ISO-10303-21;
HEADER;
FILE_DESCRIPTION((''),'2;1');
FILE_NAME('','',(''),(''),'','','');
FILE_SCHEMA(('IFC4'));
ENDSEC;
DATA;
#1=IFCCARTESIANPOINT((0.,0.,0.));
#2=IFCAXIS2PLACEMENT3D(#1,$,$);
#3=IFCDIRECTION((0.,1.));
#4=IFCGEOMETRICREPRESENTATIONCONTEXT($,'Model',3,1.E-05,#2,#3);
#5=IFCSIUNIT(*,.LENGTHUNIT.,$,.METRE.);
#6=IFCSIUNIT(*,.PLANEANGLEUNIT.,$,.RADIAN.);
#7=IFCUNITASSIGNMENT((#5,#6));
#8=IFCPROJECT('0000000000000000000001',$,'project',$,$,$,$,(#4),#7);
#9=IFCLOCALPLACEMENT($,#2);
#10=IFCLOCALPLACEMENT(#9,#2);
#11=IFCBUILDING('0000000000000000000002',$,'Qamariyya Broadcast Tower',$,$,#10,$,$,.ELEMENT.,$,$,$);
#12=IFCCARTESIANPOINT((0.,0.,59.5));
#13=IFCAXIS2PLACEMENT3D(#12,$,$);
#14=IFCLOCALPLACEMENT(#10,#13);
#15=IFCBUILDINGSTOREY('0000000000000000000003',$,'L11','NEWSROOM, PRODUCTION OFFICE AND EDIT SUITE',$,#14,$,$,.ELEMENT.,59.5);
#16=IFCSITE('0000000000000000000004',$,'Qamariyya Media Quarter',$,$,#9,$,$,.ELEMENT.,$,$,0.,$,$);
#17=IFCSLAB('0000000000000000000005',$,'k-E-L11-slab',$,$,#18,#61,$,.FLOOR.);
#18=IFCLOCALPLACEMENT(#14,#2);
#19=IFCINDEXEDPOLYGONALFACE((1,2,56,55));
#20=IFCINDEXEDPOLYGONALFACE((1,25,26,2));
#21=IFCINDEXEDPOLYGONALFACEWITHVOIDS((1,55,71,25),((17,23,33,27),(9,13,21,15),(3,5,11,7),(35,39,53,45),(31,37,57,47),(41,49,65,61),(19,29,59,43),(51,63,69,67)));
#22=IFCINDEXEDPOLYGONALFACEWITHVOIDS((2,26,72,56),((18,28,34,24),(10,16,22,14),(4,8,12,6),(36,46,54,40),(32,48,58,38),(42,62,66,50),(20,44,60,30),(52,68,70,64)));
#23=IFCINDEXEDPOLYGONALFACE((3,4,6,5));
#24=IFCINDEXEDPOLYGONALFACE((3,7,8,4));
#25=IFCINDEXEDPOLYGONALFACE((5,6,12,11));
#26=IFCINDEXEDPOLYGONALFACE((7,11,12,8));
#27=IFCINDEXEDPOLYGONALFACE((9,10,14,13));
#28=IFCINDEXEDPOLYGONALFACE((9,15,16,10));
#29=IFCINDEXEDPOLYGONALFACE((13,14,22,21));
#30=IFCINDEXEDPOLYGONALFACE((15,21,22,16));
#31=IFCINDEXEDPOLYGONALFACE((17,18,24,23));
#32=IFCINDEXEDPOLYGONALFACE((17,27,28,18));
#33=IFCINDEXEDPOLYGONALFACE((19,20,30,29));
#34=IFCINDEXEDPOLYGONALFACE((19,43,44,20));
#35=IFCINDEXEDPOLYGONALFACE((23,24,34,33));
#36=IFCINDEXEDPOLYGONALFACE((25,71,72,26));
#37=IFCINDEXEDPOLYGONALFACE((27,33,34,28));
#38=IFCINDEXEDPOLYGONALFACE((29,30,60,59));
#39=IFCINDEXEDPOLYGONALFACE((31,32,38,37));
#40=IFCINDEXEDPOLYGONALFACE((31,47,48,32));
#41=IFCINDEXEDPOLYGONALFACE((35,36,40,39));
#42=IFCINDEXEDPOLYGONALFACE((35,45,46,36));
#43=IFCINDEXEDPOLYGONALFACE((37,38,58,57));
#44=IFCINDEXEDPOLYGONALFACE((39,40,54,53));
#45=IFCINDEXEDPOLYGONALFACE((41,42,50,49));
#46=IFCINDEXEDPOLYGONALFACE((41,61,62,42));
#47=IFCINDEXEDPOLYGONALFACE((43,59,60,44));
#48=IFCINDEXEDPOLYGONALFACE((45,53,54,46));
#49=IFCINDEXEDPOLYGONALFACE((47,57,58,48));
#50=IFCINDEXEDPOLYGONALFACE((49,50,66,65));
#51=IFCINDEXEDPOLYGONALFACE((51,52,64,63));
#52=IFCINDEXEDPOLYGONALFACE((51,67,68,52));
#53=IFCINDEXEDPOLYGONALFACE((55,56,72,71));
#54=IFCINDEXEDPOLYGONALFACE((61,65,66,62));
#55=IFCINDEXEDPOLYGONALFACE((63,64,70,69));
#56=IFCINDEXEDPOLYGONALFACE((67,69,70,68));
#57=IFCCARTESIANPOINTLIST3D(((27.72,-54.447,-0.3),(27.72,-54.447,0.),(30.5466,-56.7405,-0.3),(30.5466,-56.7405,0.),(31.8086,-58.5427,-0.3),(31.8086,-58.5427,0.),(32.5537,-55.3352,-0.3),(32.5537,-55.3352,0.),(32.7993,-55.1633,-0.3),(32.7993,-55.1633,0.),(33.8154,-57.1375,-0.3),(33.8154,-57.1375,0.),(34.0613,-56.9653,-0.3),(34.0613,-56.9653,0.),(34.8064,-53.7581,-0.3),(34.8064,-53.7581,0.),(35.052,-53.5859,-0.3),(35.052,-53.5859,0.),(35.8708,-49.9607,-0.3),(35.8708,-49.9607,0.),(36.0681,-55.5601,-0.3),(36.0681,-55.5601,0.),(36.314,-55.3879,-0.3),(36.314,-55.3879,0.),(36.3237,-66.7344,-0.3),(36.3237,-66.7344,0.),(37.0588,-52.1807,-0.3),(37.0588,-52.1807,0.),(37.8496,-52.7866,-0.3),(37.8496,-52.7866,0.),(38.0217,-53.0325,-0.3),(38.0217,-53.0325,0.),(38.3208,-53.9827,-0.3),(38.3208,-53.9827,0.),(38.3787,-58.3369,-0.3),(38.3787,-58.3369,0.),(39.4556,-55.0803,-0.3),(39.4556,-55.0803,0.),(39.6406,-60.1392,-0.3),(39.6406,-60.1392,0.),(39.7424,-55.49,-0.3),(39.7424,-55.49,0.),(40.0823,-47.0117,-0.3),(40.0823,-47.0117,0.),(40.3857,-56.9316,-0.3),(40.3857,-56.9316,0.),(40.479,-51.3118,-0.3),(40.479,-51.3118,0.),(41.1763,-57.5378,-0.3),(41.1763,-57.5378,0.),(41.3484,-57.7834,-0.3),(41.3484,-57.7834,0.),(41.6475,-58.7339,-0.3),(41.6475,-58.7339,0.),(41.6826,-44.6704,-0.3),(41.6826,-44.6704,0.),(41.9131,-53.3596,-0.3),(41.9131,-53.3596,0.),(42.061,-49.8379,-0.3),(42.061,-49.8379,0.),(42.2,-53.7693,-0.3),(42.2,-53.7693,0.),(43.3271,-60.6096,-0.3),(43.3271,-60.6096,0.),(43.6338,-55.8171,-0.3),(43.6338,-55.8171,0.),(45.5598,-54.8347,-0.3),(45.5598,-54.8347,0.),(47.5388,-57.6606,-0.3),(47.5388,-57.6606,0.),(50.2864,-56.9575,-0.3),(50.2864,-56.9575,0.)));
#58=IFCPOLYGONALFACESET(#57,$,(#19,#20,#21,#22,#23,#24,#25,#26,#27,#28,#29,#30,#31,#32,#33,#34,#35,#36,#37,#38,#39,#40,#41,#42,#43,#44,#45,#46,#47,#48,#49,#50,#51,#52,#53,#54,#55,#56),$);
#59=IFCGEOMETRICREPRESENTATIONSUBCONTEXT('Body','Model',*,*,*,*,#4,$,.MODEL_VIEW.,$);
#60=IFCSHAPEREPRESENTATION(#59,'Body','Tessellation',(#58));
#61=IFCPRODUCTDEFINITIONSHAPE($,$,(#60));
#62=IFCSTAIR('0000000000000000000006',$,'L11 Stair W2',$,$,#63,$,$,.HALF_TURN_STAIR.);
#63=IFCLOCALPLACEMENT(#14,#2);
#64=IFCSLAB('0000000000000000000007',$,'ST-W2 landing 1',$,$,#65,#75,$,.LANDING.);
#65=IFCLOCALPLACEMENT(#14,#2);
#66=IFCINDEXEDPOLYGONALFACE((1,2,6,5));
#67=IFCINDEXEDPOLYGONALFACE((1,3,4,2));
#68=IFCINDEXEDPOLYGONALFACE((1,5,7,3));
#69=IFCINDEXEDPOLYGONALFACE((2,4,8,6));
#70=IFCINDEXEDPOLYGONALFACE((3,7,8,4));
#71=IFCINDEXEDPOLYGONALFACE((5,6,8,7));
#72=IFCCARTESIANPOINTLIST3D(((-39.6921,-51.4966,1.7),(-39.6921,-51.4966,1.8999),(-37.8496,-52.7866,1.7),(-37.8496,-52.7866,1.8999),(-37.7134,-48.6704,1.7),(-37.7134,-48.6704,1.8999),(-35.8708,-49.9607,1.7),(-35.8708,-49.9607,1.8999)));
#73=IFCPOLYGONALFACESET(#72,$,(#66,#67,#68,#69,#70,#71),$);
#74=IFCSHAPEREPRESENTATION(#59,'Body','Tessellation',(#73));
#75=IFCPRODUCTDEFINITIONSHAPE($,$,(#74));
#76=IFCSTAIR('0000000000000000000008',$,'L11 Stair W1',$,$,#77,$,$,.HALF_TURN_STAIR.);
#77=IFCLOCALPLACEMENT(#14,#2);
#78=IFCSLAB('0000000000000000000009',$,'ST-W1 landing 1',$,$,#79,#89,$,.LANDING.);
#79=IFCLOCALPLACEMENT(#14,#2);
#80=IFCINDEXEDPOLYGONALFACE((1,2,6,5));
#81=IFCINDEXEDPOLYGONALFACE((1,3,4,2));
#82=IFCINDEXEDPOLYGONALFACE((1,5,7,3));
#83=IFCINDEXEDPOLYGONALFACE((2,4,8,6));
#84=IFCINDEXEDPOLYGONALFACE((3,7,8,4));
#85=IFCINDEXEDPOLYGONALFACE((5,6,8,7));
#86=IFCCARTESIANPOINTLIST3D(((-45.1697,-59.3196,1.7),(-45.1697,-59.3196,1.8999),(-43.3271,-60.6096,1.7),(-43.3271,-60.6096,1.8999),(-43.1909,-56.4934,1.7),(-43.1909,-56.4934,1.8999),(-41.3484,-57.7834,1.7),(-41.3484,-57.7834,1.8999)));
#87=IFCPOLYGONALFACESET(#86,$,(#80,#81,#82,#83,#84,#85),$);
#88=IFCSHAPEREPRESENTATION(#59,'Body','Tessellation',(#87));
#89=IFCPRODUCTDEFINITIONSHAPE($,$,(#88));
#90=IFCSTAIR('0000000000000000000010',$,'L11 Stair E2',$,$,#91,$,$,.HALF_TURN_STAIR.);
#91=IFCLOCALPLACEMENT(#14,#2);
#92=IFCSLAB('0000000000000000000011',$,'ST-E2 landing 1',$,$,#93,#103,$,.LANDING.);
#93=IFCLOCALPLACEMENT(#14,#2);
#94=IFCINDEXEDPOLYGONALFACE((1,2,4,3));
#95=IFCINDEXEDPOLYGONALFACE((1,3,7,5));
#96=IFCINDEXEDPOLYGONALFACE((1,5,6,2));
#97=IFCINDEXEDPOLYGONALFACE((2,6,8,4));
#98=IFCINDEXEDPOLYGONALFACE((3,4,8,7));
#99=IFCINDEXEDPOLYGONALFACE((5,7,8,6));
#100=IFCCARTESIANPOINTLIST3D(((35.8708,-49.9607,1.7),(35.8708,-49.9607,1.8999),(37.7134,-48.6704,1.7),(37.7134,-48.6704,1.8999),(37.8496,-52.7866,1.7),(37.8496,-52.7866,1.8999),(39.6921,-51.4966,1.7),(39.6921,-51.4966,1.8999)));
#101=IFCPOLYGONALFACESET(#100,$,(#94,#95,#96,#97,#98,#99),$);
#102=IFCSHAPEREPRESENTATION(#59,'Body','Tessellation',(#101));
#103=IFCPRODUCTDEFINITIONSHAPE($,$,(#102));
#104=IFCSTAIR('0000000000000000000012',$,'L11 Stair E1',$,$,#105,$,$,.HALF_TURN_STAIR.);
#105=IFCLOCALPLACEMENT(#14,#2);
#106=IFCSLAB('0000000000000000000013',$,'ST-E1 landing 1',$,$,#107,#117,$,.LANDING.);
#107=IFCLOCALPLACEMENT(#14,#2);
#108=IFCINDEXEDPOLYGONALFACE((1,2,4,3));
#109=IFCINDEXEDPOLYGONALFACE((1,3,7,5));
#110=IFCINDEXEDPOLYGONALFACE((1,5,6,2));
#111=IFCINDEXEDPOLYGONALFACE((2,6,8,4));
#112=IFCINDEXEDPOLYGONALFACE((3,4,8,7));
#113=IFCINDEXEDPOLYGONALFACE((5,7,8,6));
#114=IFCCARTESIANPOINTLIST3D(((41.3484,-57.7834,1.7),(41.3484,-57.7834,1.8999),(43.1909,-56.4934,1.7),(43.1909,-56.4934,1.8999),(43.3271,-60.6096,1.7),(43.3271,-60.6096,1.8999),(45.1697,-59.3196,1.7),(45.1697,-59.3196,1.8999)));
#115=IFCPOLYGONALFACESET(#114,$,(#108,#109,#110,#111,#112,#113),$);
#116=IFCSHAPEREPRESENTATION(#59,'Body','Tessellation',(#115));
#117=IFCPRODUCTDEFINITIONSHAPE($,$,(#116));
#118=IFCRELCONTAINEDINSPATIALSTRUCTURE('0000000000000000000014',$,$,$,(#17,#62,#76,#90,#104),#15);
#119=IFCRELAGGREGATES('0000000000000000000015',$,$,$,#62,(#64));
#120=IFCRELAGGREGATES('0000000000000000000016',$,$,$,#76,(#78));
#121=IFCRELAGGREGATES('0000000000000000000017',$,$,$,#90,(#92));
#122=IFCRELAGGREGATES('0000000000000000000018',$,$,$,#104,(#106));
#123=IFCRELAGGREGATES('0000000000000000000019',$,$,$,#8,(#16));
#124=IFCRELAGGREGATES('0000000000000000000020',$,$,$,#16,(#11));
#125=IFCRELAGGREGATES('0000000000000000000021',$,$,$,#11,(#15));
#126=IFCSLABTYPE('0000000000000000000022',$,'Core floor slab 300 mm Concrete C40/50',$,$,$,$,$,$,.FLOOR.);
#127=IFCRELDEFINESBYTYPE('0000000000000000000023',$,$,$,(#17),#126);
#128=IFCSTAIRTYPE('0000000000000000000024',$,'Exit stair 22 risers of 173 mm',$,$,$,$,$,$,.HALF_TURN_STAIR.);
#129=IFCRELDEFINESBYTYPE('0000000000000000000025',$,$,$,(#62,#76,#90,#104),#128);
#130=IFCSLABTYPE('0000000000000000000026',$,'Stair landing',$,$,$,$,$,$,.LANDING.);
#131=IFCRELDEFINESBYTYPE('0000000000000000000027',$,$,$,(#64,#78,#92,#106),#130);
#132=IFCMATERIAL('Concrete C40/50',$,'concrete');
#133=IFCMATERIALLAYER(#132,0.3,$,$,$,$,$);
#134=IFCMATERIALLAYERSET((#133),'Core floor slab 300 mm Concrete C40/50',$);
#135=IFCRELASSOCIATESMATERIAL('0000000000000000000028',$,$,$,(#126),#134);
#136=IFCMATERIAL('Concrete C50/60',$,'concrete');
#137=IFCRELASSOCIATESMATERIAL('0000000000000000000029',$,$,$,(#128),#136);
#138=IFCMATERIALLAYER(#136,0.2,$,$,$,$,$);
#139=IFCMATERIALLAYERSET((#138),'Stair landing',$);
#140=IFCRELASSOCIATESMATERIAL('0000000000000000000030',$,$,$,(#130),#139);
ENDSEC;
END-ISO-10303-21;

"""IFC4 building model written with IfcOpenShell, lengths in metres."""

from ifc_helpers import new_model, si_unit, direction, frame, origin, place, context, subcontext, project, spatial, polyline, outline, extrude, material, layer, layer_set, type_object, element, aggregate, save


model = new_model("IFC4")

# Units and contexts
model_context = context("Model", 3, precision=1e-05, world=origin(), true_north=direction((0.0, 1.0)))
body_context = subcontext(model_context, "Body", "Model", "MODEL_VIEW")
ifc_project = project(units=[si_unit("LENGTHUNIT", "METRE"), si_unit("PLANEANGLEUNIT", "RADIAN")], contexts=[model_context])

# Site, building, storey
site_placement = place(None, origin())
building_placement = place(site_placement, origin())
storey_placement = place(building_placement, frame((0.0, 0.0, 59.5)))
site = spatial("IfcSite", under=ifc_project, at=site_placement, Name="Qamariyya Media Quarter", CompositionType="ELEMENT", RefElevation=0.0)
building = spatial("IfcBuilding", under=site, at=building_placement, Name="Qamariyya Broadcast Tower", CompositionType="ELEMENT")
storey = spatial("IfcBuildingStorey", under=building, at=storey_placement, Name="L11", Description="NEWSROOM, PRODUCTION OFFICE AND EDIT SUITE", CompositionType="ELEMENT", Elevation=59.5)

# Slab
ifc_material_1 = material(Name="Concrete C40/50", Category="concrete")
ifc_layer_1 = layer(ifc_material_1, 0.3)
ifc_layer_set_1 = layer_set([ifc_layer_1], Name="Core floor slab 300 mm Concrete C40/50")
slab_type_1 = type_object("IfcSlabType", Name="Core floor slab 300 mm Concrete C40/50", PredefinedType="FLOOR", material=ifc_layer_set_1)
slab_1_placement = place(storey_placement, frame((0.0, 0.0, -0.3)))
element("IfcSlab", 1, at=slab_1_placement, inside=storey, type_object=slab_type_1, Name="k-E-L11-slab", PredefinedType="FLOOR", context=body_context, shape_type="SweptSolid", body=[
    extrude(outline(polyline([(36.3237, -66.7344), (50.2864, -56.9575), (41.6826, -44.6704), (27.72, -54.447), (36.3237, -66.7344)]), holes=[polyline([(31.8086, -58.5427), (33.8154, -57.1375), (32.5537, -55.3352), (30.5466, -56.7405), (31.8086, -58.5427)]), polyline([(34.0613, -56.9653), (36.0681, -55.5601), (34.8064, -53.7581), (32.7993, -55.1633), (34.0613, -56.9653)]), polyline([(36.314, -55.3879), (38.3208, -53.9827), (37.0588, -52.1807), (35.052, -53.5859), (36.314, -55.3879)]), polyline([(38.3787, -58.3369), (40.3857, -56.9316), (41.6475, -58.7339), (39.6406, -60.1392), (38.3787, -58.3369)]), polyline([(39.7424, -55.49), (42.2, -53.7693), (43.6338, -55.8171), (41.1763, -57.5378), (39.7424, -55.49)]), polyline([(39.4556, -55.0803), (41.9131, -53.3596), (40.479, -51.3118), (38.0217, -53.0325), (39.4556, -55.0803)]), polyline([(40.0823, -47.0117), (35.8708, -49.9607), (37.8496, -52.7866), (42.061, -49.8379), (40.0823, -47.0117)]), polyline([(45.5598, -54.8347), (41.3484, -57.7834), (43.3271, -60.6096), (47.5388, -57.6606), (45.5598, -54.8347)])]), origin(), (0.0, 0.0, 1.0), 0.3),
])

# Stairs, slabs
ifc_material_2 = material(Name="Concrete C50/60", Category="concrete")
stair_type = type_object("IfcStairType", Name="Exit stair 22 risers of 173 mm", PredefinedType="HALF_TURN_STAIR", material=ifc_material_2)
stair_1_placement = place(storey_placement, origin())
stair_1 = element("IfcStair", 2, at=stair_1_placement, inside=storey, type_object=stair_type, Name="L11 Stair W2", PredefinedType="HALF_TURN_STAIR")
ifc_layer_2 = layer(ifc_material_2, 0.2)
ifc_layer_set_2 = layer_set([ifc_layer_2], Name="Stair landing")
slab_type_2 = type_object("IfcSlabType", Name="Stair landing", PredefinedType="LANDING", material=ifc_layer_set_2)
slab_2_placement = place(storey_placement, frame((0.0, 0.0, 1.7)))
slab_2 = element("IfcSlab", 3, at=slab_2_placement, type_object=slab_type_2, Name="ST-W2 landing 1", PredefinedType="LANDING", context=body_context, shape_type="SweptSolid", body=[
    extrude(outline(polyline([(-39.6921, -51.4966), (-37.8496, -52.7866), (-35.8708, -49.9607), (-37.7134, -48.6704), (-39.6921, -51.4966)])), origin(), (0.0, 0.0, 1.0), 0.2),
])
aggregate(stair_1, [slab_2])
stair_2_placement = place(storey_placement, origin())
stair_2 = element("IfcStair", 4, at=stair_2_placement, inside=storey, type_object=stair_type, Name="L11 Stair W1", PredefinedType="HALF_TURN_STAIR")
slab_3_placement = place(storey_placement, frame((0.0, 0.0, 1.7)))
slab_3 = element("IfcSlab", 5, at=slab_3_placement, type_object=slab_type_2, Name="ST-W1 landing 1", PredefinedType="LANDING", context=body_context, shape_type="SweptSolid", body=[
    extrude(outline(polyline([(-45.1697, -59.3196), (-43.3271, -60.6096), (-41.3484, -57.7834), (-43.1909, -56.4934), (-45.1697, -59.3196)])), origin(), (0.0, 0.0, 1.0), 0.2),
])
aggregate(stair_2, [slab_3])
stair_3_placement = place(storey_placement, origin())
stair_3 = element("IfcStair", 6, at=stair_3_placement, inside=storey, type_object=stair_type, Name="L11 Stair E2", PredefinedType="HALF_TURN_STAIR")
slab_4_placement = place(storey_placement, frame((0.0, 0.0, 1.7)))
slab_4 = element("IfcSlab", 7, at=slab_4_placement, type_object=slab_type_2, Name="ST-E2 landing 1", PredefinedType="LANDING", context=body_context, shape_type="SweptSolid", body=[
    extrude(outline(polyline([(37.7134, -48.6704), (35.8708, -49.9607), (37.8496, -52.7866), (39.6921, -51.4966), (37.7134, -48.6704)])), origin(), (0.0, 0.0, 1.0), 0.2),
])
aggregate(stair_3, [slab_4])
stair_4_placement = place(storey_placement, origin())
stair_4 = element("IfcStair", 8, at=stair_4_placement, inside=storey, type_object=stair_type, Name="L11 Stair E1", PredefinedType="HALF_TURN_STAIR")
slab_5_placement = place(storey_placement, frame((0.0, 0.0, 1.7)))
slab_5 = element("IfcSlab", 9, at=slab_5_placement, type_object=slab_type_2, Name="ST-E1 landing 1", PredefinedType="LANDING", context=body_context, shape_type="SweptSolid", body=[
    extrude(outline(polyline([(43.1909, -56.4934), (41.3484, -57.7834), (43.3271, -60.6096), (45.1697, -59.3196), (43.1909, -56.4934)])), origin(), (0.0, 0.0, 1.0), 0.2),
])
aggregate(stair_4, [slab_5])

save(model, "model.ifc")
